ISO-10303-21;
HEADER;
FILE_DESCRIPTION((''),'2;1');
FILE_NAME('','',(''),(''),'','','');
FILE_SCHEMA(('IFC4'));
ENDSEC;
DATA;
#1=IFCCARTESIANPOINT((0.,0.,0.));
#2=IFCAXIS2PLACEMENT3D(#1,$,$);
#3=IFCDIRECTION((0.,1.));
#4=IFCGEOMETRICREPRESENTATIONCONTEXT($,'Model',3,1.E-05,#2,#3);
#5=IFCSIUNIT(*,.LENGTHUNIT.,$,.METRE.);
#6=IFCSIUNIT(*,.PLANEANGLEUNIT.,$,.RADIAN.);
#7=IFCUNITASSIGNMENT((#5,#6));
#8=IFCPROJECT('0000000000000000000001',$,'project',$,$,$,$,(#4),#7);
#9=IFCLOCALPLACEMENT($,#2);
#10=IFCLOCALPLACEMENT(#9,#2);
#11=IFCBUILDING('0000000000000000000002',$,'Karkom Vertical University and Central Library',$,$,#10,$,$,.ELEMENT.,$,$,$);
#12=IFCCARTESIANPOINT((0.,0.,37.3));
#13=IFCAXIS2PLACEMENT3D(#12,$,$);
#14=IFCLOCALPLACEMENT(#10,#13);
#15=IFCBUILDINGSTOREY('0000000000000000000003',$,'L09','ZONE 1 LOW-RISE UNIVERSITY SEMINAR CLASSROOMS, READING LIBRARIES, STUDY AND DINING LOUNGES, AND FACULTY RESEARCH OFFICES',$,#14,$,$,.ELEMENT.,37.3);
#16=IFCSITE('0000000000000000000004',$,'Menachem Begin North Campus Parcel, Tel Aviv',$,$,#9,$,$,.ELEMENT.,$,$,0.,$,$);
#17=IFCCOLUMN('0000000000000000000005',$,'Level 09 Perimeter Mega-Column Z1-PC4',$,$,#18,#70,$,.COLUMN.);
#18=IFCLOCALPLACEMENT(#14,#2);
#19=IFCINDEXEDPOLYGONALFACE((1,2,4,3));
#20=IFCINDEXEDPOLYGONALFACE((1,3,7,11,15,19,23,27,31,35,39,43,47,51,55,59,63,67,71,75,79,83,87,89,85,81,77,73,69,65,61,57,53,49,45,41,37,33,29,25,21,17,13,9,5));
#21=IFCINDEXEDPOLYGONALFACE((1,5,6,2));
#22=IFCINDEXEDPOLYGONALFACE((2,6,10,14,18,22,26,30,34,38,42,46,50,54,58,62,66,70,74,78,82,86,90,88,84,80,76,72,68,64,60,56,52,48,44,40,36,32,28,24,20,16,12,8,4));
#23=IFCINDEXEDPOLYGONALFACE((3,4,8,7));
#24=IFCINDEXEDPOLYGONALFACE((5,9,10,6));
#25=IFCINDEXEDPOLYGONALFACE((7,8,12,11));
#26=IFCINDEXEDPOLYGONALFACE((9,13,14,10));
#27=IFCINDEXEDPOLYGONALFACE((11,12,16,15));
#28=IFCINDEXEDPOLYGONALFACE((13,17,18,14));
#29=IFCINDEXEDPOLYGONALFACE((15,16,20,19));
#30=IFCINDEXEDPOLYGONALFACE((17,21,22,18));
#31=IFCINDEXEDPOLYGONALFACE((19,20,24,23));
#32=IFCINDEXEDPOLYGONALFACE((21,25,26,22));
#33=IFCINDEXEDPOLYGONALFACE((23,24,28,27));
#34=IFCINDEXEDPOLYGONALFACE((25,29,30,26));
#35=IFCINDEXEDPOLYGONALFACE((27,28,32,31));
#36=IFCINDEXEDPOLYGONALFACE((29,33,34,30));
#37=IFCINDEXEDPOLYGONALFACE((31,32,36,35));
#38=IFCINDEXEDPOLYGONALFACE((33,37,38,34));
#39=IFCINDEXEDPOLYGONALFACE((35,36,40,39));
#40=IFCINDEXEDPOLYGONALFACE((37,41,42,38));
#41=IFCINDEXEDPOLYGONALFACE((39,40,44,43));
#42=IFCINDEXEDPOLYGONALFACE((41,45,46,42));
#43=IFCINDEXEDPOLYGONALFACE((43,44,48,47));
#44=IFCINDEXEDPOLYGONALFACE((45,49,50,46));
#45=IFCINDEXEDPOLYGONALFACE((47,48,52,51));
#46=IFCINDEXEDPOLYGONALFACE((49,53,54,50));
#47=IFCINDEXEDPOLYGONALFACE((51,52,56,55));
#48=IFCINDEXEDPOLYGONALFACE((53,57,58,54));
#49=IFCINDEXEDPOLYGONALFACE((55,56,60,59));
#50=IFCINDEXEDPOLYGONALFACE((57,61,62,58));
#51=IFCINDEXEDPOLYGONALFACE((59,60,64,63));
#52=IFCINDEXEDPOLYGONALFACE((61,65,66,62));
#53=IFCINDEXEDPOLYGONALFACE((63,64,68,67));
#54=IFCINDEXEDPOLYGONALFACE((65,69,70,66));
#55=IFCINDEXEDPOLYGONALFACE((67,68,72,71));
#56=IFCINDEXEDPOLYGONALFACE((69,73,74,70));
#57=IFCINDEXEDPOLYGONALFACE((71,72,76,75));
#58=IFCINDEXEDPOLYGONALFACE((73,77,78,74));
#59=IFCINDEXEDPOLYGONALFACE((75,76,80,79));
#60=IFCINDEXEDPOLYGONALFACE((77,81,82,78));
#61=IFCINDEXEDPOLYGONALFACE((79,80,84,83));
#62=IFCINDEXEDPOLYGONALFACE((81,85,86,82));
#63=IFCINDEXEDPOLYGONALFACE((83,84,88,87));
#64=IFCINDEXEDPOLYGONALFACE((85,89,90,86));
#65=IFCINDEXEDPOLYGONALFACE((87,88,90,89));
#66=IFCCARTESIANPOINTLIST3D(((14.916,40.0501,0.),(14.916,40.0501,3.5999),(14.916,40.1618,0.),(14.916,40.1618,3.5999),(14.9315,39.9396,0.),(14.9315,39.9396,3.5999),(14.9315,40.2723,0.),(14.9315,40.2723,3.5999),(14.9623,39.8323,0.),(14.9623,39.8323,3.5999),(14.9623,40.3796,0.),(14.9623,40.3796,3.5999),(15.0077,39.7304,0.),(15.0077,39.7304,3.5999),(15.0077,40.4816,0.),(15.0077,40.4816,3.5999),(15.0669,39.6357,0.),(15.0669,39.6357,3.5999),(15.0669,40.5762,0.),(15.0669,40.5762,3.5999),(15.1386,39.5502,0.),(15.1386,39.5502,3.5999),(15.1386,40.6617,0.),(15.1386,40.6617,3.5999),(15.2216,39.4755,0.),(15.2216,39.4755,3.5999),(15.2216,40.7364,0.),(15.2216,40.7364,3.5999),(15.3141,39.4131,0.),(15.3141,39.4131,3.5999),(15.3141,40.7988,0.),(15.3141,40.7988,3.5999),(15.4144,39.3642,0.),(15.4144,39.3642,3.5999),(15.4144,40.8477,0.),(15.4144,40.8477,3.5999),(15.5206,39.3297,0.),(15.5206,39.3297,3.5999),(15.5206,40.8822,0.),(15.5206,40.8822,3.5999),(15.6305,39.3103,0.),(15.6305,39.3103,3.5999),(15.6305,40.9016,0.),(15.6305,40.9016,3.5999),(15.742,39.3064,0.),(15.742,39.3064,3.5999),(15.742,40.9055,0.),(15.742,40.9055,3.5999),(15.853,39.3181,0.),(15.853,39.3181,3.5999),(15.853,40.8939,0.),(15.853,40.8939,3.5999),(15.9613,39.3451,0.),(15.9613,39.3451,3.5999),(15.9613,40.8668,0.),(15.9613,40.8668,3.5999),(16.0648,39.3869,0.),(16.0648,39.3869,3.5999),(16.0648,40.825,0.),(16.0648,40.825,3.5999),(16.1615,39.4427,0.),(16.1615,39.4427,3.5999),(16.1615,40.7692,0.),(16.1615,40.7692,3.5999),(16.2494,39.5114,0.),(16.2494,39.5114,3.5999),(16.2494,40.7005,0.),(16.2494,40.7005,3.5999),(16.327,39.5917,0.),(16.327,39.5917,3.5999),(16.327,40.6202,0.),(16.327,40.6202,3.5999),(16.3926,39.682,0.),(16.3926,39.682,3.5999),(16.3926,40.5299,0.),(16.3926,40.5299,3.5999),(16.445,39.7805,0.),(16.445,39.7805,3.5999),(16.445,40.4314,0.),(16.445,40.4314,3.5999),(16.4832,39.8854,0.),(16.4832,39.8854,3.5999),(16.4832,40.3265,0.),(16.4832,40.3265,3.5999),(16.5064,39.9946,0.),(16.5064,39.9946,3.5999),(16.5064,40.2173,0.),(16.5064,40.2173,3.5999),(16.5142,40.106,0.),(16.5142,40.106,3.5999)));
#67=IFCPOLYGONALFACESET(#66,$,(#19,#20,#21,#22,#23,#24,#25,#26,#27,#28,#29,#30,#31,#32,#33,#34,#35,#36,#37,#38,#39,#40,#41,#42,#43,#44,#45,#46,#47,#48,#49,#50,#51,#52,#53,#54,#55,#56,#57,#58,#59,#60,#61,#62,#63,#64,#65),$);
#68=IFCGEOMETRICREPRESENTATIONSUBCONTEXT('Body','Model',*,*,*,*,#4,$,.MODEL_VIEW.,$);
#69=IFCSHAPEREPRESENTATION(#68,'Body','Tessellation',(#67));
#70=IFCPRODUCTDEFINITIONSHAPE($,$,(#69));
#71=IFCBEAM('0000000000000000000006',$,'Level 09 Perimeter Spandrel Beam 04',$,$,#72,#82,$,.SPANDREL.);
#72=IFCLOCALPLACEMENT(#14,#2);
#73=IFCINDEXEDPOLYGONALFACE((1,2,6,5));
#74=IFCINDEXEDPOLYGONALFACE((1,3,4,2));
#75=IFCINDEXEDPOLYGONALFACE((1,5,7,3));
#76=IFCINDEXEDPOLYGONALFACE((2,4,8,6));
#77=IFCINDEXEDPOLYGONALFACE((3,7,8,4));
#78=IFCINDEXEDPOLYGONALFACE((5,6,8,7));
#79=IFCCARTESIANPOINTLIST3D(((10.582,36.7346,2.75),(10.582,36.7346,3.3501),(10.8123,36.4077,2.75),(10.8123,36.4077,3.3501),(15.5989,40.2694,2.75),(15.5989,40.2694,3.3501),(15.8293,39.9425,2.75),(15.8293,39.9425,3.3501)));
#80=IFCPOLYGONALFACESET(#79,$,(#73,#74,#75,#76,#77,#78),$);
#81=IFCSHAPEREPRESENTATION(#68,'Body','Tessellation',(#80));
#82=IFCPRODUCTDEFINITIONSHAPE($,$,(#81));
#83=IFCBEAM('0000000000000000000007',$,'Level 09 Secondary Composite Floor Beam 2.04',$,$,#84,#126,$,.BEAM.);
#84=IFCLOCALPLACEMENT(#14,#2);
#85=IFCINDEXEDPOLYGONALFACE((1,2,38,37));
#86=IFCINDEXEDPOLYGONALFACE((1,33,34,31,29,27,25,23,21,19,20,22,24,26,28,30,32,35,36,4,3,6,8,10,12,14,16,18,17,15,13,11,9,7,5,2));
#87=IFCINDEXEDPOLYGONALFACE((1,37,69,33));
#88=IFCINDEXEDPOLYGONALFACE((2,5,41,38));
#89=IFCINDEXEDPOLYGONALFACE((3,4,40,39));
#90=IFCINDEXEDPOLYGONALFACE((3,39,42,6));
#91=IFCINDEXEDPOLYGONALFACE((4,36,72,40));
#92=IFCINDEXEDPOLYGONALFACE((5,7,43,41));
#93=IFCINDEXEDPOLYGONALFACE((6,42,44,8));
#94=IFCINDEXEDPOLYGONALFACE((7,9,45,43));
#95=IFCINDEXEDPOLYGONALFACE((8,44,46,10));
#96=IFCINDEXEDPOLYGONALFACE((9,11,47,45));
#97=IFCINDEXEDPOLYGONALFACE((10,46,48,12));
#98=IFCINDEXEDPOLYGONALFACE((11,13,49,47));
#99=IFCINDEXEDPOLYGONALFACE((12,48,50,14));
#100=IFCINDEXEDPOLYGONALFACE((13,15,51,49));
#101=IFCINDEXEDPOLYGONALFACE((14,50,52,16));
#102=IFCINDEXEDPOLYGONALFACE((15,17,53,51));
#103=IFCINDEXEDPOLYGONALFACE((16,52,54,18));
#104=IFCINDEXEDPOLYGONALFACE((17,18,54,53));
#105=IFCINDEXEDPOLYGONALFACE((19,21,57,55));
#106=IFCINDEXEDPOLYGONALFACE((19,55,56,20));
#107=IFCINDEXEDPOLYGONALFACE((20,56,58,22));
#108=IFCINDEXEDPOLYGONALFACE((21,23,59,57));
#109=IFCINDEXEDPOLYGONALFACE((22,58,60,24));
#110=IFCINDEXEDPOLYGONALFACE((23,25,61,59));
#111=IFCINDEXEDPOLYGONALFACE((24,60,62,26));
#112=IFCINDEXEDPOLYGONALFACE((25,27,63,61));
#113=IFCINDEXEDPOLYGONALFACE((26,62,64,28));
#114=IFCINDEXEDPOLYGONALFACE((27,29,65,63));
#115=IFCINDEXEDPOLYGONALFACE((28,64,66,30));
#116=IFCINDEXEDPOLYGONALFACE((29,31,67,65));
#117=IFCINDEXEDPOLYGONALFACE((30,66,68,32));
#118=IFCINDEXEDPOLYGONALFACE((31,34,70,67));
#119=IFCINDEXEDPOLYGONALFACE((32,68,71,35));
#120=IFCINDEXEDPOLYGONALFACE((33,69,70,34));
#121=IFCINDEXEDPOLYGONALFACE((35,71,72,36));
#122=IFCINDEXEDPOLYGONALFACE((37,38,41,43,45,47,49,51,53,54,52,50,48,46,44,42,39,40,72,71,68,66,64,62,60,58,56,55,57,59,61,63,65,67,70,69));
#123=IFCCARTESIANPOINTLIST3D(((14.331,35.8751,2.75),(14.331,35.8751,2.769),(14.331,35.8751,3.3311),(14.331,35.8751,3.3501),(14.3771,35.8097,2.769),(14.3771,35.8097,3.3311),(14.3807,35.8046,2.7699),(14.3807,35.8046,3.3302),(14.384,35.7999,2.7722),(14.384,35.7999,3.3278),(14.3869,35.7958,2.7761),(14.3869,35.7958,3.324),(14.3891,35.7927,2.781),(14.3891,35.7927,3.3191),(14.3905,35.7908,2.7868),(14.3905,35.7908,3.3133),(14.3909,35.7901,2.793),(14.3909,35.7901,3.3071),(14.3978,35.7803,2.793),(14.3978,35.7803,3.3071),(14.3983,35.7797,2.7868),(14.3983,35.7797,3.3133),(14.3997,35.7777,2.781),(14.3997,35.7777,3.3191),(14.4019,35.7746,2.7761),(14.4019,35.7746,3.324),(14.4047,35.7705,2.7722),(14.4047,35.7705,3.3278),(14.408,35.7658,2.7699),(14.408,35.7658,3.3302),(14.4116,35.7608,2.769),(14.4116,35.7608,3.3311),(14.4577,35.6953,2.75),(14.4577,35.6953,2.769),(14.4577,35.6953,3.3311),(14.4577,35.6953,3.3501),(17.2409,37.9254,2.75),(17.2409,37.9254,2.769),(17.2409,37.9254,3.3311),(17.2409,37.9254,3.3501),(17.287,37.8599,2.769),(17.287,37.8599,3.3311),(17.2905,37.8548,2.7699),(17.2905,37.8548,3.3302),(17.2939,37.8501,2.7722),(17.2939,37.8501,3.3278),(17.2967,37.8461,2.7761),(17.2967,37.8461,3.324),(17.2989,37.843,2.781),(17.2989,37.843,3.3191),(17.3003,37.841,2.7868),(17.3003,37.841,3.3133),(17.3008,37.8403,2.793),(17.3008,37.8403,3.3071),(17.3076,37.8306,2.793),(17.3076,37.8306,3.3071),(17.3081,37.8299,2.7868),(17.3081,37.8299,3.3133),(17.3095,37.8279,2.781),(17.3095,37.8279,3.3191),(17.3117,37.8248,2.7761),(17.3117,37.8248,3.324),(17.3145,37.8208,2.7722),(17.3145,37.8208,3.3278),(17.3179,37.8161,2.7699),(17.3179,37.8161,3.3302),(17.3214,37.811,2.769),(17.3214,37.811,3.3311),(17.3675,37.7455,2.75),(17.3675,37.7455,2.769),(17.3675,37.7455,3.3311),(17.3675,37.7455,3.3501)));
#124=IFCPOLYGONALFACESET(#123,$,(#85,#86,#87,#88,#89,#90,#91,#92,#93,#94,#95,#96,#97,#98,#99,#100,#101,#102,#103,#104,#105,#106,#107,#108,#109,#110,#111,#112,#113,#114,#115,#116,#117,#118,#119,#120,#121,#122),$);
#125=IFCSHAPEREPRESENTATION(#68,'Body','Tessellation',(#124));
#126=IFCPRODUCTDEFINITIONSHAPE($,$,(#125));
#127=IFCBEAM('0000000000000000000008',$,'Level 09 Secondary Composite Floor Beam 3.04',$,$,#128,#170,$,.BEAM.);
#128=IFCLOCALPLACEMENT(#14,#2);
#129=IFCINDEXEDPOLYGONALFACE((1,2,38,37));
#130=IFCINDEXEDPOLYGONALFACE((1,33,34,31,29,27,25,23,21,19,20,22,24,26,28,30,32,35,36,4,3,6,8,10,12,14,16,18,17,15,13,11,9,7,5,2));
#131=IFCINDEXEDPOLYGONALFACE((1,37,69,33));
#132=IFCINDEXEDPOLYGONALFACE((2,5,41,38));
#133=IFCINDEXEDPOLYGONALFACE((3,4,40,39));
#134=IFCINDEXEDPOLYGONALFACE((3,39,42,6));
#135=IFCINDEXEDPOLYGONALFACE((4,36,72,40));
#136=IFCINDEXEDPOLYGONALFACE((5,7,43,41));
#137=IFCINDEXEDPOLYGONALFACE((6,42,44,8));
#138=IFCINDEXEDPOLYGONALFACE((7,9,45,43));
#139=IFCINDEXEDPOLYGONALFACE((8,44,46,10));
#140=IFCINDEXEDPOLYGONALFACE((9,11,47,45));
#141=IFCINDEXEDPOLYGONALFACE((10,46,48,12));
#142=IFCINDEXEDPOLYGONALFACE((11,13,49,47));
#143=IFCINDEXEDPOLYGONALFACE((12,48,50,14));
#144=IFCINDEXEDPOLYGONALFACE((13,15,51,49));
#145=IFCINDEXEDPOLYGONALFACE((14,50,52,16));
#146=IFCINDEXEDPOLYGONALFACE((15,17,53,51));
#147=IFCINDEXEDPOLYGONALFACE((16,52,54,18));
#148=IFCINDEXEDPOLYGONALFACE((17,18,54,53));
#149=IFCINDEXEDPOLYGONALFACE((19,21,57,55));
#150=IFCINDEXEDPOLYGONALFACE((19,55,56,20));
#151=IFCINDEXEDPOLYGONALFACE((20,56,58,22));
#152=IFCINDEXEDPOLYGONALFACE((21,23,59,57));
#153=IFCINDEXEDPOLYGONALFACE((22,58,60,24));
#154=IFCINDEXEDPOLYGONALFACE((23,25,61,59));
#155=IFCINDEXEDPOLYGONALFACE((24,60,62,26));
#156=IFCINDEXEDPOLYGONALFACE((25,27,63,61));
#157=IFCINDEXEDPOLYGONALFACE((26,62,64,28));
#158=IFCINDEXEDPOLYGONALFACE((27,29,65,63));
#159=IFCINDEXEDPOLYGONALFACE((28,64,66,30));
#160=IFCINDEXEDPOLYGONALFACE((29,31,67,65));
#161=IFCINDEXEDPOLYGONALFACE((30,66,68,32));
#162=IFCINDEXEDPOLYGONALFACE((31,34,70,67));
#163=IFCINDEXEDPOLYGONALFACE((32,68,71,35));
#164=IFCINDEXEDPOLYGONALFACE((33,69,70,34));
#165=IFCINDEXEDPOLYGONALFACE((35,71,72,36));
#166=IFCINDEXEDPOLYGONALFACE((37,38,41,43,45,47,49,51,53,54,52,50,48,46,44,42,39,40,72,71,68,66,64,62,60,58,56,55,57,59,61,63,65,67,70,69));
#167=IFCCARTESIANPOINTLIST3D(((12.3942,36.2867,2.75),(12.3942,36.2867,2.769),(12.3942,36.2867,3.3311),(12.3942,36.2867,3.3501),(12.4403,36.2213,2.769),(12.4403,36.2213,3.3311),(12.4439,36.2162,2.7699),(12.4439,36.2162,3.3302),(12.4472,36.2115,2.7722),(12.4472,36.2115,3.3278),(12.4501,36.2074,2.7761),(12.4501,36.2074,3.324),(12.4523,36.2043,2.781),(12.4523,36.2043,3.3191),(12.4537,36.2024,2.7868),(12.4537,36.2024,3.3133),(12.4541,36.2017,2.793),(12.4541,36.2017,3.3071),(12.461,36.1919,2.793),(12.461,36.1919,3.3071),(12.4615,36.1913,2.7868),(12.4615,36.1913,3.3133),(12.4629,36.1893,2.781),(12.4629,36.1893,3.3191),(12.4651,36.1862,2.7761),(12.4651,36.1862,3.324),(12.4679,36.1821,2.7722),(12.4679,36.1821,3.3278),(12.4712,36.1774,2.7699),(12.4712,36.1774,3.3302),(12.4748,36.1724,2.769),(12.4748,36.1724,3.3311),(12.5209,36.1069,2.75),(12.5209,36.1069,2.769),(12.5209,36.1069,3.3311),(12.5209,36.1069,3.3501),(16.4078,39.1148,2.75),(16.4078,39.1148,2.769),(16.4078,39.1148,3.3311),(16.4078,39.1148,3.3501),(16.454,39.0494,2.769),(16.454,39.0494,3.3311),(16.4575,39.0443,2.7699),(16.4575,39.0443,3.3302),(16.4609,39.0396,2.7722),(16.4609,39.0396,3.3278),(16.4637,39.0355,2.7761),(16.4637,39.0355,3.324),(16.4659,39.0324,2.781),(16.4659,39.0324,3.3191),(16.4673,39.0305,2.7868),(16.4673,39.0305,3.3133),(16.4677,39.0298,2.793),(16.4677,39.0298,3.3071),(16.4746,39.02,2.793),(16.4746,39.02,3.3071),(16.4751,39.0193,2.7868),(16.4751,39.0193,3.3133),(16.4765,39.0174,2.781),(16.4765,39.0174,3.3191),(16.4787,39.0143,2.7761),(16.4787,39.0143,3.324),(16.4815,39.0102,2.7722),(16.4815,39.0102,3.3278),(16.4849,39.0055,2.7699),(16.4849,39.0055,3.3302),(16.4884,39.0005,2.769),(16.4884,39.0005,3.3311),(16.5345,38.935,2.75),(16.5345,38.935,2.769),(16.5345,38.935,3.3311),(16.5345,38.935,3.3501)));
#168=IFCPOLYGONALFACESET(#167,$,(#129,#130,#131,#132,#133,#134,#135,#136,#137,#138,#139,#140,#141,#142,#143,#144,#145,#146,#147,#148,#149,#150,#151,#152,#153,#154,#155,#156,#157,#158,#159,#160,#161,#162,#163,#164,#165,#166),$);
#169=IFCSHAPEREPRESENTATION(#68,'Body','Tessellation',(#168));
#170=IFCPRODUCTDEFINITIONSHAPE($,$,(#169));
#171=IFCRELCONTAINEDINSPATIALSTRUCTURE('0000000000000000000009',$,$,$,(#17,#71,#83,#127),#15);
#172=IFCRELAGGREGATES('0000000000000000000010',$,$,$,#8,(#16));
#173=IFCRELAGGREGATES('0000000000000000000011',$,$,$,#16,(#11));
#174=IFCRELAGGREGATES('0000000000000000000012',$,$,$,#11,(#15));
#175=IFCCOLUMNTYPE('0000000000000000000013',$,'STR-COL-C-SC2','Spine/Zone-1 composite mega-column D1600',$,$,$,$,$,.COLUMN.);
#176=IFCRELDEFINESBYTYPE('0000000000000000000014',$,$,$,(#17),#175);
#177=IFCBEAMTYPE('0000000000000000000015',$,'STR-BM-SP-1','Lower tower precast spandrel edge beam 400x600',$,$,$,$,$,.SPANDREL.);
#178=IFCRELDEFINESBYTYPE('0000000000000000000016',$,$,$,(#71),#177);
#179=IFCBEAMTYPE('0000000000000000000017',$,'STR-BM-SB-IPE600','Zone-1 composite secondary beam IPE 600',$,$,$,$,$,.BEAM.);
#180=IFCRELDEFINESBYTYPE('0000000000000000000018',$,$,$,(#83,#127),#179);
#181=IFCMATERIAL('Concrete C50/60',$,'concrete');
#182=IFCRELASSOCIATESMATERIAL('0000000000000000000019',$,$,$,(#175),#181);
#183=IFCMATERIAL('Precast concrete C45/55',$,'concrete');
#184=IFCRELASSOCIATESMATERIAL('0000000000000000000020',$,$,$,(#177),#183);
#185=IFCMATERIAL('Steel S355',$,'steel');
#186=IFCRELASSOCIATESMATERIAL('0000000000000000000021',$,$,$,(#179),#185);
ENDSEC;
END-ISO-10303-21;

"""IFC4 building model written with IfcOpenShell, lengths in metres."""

from ifc_helpers import new_model, si_unit, direction, frame, origin, origin_with_axes, origin_2d, place, context, subcontext, project, spatial, rectangle, circle, i_section, extrude, source, transform, mapped, material, material_profile, profile_set, type_object, element, save


model = new_model("IFC4")

# Units and contexts
model_context = context("Model", 3, precision=1e-05, world=origin(), true_north=direction((0.0, 1.0)))
body_context = subcontext(model_context, "Body", "Model", "MODEL_VIEW")
ifc_project = project(units=[si_unit("LENGTHUNIT", "METRE"), si_unit("PLANEANGLEUNIT", "RADIAN")], contexts=[model_context])

# Site, building, storey
site_placement = place(None, origin())
site = spatial("IfcSite", under=ifc_project, at=site_placement, Name="Menachem Begin North Campus Parcel, Tel Aviv", CompositionType="ELEMENT", RefElevation=0.0)
building_placement = place(site_placement, origin())
building = spatial("IfcBuilding", under=site, at=building_placement, Name="Karkom Vertical University and Central Library", CompositionType="ELEMENT")
storey_placement = place(building_placement, frame((0.0, 0.0, 37.3)))
storey = spatial("IfcBuildingStorey", under=building, at=storey_placement, Name="L09", Description="ZONE 1 LOW-RISE UNIVERSITY SEMINAR CLASSROOMS, READING LIBRARIES, STUDY AND DINING LOUNGES, AND FACULTY RESEARCH OFFICES", CompositionType="ELEMENT", Elevation=37.3)

# Column
ifc_material_1 = material(Name="Concrete C50/60", Category="concrete")
ifc_material_profile_1 = material_profile(ifc_material_1, circle(Radius=0.8, at=origin_2d()), Name="CFT-D1600")
ifc_profile_set_1 = profile_set([ifc_material_profile_1], Name="Concrete C50/60")
column_type = type_object("IfcColumnType", Name="STR-COL-C-SC2", Description="Spine/Zone-1 composite mega-column D1600", PredefinedType="COLUMN", material=ifc_profile_set_1)
shared_shape_1 = source(origin_with_axes(), body_context, "Body", "SweptSolid", [
    extrude(circle(Radius=0.8, at=origin_2d()), origin(), (0.0, 0.0, 1.0), 3.5999),
])
column_placement = place(storey_placement, frame((15.7141, 40.106, 0.0), z_axis=(0.0, 0.0, 1.0), x_axis=(1.0, 0.0, 0.0)))
element("IfcColumn", 1, at=column_placement, inside=storey, type_object=column_type, Name="Level 09 Perimeter Mega-Column Z1-PC4", PredefinedType="COLUMN", context=body_context, shape_type="MappedRepresentation", body=[
    mapped(shared_shape_1, transform((0.0, 0.0, 0.0), scale=1.0)),
])

# Beams
ifc_material_2 = material(Name="Precast concrete C45/55", Category="concrete")
ifc_material_profile_2 = material_profile(ifc_material_2, rectangle(XDim=0.3999, YDim=0.6001, at=origin_2d()), Name="SPB-400x600")
ifc_profile_set_2 = profile_set([ifc_material_profile_2], Name="Precast concrete C45/55")
beam_type_1 = type_object("IfcBeamType", Name="STR-BM-SP-1", Description="Lower tower precast spandrel edge beam 400x600", PredefinedType="SPANDREL", material=ifc_profile_set_2)
shared_shape_2 = source(origin_with_axes(), body_context, "Body", "SweptSolid", [
    extrude(rectangle(XDim=0.3999, YDim=0.6001, at=origin_2d()), origin(), (0.0, 0.0, 1.0), 6.1372),
])
beam_1_placement = place(storey_placement, frame((15.7141, 40.106, 3.05), z_axis=(-0.817471, -0.575969, 0.0), x_axis=(0.575969, -0.817471, 0.0)))
element("IfcBeam", 2, at=beam_1_placement, inside=storey, type_object=beam_type_1, Name="Level 09 Perimeter Spandrel Beam 04", PredefinedType="SPANDREL", context=body_context, shape_type="MappedRepresentation", body=[
    mapped(shared_shape_2, transform((0.0, 0.0, 0.0), scale=1.0)),
])
ifc_material_3 = material(Name="Steel S355", Category="steel")
ifc_material_profile_3 = material_profile(ifc_material_3, i_section(OverallWidth=0.22, OverallDepth=0.6001, WebThickness=0.012, FlangeThickness=0.019, FilletRadius=0.0239, at=origin_2d()), Name="IPE 600")
ifc_profile_set_3 = profile_set([ifc_material_profile_3], Name="Steel S355")
beam_type_2 = type_object("IfcBeamType", Name="STR-BM-SB-IPE600", Description="Zone-1 composite secondary beam IPE 600", PredefinedType="BEAM", material=ifc_profile_set_3)
shared_shape_3 = source(origin_with_axes(), body_context, "Body", "SweptSolid", [
    extrude(i_section(OverallWidth=0.22, OverallDepth=0.6001, WebThickness=0.012, FlangeThickness=0.019, FilletRadius=0.0239, at=origin_2d()), origin(), (0.0, 0.0, 1.0), 3.5596),
])
beam_2_placement = place(storey_placement, frame((17.3042, 37.8354, 3.05), z_axis=(-0.817466, -0.575977, 0.0), x_axis=(0.575977, -0.817466, 0.0)))
element("IfcBeam", 3, at=beam_2_placement, inside=storey, type_object=beam_type_2, Name="Level 09 Secondary Composite Floor Beam 2.04", PredefinedType="BEAM", context=body_context, shape_type="MappedRepresentation", body=[
    mapped(shared_shape_3, transform((0.0, 0.0, 0.0), scale=1.0)),
])
shared_shape_4 = source(origin_with_axes(), body_context, "Body", "SweptSolid", [
    extrude(i_section(OverallWidth=0.22, OverallDepth=0.6001, WebThickness=0.012, FlangeThickness=0.019, FilletRadius=0.0239, at=origin_2d()), origin(), (0.0, 0.0, 1.0), 4.9099),
])
beam_3_placement = place(storey_placement, frame((16.4712, 39.0249, 3.05), z_axis=(-0.817453, -0.575996, 0.0), x_axis=(0.575996, -0.817453, 0.0)))
element("IfcBeam", 4, at=beam_3_placement, inside=storey, type_object=beam_type_2, Name="Level 09 Secondary Composite Floor Beam 3.04", PredefinedType="BEAM", context=body_context, shape_type="MappedRepresentation", body=[
    mapped(shared_shape_4, transform((0.0, 0.0, 0.0), scale=1.0)),
])

save(model, "model.ifc")
